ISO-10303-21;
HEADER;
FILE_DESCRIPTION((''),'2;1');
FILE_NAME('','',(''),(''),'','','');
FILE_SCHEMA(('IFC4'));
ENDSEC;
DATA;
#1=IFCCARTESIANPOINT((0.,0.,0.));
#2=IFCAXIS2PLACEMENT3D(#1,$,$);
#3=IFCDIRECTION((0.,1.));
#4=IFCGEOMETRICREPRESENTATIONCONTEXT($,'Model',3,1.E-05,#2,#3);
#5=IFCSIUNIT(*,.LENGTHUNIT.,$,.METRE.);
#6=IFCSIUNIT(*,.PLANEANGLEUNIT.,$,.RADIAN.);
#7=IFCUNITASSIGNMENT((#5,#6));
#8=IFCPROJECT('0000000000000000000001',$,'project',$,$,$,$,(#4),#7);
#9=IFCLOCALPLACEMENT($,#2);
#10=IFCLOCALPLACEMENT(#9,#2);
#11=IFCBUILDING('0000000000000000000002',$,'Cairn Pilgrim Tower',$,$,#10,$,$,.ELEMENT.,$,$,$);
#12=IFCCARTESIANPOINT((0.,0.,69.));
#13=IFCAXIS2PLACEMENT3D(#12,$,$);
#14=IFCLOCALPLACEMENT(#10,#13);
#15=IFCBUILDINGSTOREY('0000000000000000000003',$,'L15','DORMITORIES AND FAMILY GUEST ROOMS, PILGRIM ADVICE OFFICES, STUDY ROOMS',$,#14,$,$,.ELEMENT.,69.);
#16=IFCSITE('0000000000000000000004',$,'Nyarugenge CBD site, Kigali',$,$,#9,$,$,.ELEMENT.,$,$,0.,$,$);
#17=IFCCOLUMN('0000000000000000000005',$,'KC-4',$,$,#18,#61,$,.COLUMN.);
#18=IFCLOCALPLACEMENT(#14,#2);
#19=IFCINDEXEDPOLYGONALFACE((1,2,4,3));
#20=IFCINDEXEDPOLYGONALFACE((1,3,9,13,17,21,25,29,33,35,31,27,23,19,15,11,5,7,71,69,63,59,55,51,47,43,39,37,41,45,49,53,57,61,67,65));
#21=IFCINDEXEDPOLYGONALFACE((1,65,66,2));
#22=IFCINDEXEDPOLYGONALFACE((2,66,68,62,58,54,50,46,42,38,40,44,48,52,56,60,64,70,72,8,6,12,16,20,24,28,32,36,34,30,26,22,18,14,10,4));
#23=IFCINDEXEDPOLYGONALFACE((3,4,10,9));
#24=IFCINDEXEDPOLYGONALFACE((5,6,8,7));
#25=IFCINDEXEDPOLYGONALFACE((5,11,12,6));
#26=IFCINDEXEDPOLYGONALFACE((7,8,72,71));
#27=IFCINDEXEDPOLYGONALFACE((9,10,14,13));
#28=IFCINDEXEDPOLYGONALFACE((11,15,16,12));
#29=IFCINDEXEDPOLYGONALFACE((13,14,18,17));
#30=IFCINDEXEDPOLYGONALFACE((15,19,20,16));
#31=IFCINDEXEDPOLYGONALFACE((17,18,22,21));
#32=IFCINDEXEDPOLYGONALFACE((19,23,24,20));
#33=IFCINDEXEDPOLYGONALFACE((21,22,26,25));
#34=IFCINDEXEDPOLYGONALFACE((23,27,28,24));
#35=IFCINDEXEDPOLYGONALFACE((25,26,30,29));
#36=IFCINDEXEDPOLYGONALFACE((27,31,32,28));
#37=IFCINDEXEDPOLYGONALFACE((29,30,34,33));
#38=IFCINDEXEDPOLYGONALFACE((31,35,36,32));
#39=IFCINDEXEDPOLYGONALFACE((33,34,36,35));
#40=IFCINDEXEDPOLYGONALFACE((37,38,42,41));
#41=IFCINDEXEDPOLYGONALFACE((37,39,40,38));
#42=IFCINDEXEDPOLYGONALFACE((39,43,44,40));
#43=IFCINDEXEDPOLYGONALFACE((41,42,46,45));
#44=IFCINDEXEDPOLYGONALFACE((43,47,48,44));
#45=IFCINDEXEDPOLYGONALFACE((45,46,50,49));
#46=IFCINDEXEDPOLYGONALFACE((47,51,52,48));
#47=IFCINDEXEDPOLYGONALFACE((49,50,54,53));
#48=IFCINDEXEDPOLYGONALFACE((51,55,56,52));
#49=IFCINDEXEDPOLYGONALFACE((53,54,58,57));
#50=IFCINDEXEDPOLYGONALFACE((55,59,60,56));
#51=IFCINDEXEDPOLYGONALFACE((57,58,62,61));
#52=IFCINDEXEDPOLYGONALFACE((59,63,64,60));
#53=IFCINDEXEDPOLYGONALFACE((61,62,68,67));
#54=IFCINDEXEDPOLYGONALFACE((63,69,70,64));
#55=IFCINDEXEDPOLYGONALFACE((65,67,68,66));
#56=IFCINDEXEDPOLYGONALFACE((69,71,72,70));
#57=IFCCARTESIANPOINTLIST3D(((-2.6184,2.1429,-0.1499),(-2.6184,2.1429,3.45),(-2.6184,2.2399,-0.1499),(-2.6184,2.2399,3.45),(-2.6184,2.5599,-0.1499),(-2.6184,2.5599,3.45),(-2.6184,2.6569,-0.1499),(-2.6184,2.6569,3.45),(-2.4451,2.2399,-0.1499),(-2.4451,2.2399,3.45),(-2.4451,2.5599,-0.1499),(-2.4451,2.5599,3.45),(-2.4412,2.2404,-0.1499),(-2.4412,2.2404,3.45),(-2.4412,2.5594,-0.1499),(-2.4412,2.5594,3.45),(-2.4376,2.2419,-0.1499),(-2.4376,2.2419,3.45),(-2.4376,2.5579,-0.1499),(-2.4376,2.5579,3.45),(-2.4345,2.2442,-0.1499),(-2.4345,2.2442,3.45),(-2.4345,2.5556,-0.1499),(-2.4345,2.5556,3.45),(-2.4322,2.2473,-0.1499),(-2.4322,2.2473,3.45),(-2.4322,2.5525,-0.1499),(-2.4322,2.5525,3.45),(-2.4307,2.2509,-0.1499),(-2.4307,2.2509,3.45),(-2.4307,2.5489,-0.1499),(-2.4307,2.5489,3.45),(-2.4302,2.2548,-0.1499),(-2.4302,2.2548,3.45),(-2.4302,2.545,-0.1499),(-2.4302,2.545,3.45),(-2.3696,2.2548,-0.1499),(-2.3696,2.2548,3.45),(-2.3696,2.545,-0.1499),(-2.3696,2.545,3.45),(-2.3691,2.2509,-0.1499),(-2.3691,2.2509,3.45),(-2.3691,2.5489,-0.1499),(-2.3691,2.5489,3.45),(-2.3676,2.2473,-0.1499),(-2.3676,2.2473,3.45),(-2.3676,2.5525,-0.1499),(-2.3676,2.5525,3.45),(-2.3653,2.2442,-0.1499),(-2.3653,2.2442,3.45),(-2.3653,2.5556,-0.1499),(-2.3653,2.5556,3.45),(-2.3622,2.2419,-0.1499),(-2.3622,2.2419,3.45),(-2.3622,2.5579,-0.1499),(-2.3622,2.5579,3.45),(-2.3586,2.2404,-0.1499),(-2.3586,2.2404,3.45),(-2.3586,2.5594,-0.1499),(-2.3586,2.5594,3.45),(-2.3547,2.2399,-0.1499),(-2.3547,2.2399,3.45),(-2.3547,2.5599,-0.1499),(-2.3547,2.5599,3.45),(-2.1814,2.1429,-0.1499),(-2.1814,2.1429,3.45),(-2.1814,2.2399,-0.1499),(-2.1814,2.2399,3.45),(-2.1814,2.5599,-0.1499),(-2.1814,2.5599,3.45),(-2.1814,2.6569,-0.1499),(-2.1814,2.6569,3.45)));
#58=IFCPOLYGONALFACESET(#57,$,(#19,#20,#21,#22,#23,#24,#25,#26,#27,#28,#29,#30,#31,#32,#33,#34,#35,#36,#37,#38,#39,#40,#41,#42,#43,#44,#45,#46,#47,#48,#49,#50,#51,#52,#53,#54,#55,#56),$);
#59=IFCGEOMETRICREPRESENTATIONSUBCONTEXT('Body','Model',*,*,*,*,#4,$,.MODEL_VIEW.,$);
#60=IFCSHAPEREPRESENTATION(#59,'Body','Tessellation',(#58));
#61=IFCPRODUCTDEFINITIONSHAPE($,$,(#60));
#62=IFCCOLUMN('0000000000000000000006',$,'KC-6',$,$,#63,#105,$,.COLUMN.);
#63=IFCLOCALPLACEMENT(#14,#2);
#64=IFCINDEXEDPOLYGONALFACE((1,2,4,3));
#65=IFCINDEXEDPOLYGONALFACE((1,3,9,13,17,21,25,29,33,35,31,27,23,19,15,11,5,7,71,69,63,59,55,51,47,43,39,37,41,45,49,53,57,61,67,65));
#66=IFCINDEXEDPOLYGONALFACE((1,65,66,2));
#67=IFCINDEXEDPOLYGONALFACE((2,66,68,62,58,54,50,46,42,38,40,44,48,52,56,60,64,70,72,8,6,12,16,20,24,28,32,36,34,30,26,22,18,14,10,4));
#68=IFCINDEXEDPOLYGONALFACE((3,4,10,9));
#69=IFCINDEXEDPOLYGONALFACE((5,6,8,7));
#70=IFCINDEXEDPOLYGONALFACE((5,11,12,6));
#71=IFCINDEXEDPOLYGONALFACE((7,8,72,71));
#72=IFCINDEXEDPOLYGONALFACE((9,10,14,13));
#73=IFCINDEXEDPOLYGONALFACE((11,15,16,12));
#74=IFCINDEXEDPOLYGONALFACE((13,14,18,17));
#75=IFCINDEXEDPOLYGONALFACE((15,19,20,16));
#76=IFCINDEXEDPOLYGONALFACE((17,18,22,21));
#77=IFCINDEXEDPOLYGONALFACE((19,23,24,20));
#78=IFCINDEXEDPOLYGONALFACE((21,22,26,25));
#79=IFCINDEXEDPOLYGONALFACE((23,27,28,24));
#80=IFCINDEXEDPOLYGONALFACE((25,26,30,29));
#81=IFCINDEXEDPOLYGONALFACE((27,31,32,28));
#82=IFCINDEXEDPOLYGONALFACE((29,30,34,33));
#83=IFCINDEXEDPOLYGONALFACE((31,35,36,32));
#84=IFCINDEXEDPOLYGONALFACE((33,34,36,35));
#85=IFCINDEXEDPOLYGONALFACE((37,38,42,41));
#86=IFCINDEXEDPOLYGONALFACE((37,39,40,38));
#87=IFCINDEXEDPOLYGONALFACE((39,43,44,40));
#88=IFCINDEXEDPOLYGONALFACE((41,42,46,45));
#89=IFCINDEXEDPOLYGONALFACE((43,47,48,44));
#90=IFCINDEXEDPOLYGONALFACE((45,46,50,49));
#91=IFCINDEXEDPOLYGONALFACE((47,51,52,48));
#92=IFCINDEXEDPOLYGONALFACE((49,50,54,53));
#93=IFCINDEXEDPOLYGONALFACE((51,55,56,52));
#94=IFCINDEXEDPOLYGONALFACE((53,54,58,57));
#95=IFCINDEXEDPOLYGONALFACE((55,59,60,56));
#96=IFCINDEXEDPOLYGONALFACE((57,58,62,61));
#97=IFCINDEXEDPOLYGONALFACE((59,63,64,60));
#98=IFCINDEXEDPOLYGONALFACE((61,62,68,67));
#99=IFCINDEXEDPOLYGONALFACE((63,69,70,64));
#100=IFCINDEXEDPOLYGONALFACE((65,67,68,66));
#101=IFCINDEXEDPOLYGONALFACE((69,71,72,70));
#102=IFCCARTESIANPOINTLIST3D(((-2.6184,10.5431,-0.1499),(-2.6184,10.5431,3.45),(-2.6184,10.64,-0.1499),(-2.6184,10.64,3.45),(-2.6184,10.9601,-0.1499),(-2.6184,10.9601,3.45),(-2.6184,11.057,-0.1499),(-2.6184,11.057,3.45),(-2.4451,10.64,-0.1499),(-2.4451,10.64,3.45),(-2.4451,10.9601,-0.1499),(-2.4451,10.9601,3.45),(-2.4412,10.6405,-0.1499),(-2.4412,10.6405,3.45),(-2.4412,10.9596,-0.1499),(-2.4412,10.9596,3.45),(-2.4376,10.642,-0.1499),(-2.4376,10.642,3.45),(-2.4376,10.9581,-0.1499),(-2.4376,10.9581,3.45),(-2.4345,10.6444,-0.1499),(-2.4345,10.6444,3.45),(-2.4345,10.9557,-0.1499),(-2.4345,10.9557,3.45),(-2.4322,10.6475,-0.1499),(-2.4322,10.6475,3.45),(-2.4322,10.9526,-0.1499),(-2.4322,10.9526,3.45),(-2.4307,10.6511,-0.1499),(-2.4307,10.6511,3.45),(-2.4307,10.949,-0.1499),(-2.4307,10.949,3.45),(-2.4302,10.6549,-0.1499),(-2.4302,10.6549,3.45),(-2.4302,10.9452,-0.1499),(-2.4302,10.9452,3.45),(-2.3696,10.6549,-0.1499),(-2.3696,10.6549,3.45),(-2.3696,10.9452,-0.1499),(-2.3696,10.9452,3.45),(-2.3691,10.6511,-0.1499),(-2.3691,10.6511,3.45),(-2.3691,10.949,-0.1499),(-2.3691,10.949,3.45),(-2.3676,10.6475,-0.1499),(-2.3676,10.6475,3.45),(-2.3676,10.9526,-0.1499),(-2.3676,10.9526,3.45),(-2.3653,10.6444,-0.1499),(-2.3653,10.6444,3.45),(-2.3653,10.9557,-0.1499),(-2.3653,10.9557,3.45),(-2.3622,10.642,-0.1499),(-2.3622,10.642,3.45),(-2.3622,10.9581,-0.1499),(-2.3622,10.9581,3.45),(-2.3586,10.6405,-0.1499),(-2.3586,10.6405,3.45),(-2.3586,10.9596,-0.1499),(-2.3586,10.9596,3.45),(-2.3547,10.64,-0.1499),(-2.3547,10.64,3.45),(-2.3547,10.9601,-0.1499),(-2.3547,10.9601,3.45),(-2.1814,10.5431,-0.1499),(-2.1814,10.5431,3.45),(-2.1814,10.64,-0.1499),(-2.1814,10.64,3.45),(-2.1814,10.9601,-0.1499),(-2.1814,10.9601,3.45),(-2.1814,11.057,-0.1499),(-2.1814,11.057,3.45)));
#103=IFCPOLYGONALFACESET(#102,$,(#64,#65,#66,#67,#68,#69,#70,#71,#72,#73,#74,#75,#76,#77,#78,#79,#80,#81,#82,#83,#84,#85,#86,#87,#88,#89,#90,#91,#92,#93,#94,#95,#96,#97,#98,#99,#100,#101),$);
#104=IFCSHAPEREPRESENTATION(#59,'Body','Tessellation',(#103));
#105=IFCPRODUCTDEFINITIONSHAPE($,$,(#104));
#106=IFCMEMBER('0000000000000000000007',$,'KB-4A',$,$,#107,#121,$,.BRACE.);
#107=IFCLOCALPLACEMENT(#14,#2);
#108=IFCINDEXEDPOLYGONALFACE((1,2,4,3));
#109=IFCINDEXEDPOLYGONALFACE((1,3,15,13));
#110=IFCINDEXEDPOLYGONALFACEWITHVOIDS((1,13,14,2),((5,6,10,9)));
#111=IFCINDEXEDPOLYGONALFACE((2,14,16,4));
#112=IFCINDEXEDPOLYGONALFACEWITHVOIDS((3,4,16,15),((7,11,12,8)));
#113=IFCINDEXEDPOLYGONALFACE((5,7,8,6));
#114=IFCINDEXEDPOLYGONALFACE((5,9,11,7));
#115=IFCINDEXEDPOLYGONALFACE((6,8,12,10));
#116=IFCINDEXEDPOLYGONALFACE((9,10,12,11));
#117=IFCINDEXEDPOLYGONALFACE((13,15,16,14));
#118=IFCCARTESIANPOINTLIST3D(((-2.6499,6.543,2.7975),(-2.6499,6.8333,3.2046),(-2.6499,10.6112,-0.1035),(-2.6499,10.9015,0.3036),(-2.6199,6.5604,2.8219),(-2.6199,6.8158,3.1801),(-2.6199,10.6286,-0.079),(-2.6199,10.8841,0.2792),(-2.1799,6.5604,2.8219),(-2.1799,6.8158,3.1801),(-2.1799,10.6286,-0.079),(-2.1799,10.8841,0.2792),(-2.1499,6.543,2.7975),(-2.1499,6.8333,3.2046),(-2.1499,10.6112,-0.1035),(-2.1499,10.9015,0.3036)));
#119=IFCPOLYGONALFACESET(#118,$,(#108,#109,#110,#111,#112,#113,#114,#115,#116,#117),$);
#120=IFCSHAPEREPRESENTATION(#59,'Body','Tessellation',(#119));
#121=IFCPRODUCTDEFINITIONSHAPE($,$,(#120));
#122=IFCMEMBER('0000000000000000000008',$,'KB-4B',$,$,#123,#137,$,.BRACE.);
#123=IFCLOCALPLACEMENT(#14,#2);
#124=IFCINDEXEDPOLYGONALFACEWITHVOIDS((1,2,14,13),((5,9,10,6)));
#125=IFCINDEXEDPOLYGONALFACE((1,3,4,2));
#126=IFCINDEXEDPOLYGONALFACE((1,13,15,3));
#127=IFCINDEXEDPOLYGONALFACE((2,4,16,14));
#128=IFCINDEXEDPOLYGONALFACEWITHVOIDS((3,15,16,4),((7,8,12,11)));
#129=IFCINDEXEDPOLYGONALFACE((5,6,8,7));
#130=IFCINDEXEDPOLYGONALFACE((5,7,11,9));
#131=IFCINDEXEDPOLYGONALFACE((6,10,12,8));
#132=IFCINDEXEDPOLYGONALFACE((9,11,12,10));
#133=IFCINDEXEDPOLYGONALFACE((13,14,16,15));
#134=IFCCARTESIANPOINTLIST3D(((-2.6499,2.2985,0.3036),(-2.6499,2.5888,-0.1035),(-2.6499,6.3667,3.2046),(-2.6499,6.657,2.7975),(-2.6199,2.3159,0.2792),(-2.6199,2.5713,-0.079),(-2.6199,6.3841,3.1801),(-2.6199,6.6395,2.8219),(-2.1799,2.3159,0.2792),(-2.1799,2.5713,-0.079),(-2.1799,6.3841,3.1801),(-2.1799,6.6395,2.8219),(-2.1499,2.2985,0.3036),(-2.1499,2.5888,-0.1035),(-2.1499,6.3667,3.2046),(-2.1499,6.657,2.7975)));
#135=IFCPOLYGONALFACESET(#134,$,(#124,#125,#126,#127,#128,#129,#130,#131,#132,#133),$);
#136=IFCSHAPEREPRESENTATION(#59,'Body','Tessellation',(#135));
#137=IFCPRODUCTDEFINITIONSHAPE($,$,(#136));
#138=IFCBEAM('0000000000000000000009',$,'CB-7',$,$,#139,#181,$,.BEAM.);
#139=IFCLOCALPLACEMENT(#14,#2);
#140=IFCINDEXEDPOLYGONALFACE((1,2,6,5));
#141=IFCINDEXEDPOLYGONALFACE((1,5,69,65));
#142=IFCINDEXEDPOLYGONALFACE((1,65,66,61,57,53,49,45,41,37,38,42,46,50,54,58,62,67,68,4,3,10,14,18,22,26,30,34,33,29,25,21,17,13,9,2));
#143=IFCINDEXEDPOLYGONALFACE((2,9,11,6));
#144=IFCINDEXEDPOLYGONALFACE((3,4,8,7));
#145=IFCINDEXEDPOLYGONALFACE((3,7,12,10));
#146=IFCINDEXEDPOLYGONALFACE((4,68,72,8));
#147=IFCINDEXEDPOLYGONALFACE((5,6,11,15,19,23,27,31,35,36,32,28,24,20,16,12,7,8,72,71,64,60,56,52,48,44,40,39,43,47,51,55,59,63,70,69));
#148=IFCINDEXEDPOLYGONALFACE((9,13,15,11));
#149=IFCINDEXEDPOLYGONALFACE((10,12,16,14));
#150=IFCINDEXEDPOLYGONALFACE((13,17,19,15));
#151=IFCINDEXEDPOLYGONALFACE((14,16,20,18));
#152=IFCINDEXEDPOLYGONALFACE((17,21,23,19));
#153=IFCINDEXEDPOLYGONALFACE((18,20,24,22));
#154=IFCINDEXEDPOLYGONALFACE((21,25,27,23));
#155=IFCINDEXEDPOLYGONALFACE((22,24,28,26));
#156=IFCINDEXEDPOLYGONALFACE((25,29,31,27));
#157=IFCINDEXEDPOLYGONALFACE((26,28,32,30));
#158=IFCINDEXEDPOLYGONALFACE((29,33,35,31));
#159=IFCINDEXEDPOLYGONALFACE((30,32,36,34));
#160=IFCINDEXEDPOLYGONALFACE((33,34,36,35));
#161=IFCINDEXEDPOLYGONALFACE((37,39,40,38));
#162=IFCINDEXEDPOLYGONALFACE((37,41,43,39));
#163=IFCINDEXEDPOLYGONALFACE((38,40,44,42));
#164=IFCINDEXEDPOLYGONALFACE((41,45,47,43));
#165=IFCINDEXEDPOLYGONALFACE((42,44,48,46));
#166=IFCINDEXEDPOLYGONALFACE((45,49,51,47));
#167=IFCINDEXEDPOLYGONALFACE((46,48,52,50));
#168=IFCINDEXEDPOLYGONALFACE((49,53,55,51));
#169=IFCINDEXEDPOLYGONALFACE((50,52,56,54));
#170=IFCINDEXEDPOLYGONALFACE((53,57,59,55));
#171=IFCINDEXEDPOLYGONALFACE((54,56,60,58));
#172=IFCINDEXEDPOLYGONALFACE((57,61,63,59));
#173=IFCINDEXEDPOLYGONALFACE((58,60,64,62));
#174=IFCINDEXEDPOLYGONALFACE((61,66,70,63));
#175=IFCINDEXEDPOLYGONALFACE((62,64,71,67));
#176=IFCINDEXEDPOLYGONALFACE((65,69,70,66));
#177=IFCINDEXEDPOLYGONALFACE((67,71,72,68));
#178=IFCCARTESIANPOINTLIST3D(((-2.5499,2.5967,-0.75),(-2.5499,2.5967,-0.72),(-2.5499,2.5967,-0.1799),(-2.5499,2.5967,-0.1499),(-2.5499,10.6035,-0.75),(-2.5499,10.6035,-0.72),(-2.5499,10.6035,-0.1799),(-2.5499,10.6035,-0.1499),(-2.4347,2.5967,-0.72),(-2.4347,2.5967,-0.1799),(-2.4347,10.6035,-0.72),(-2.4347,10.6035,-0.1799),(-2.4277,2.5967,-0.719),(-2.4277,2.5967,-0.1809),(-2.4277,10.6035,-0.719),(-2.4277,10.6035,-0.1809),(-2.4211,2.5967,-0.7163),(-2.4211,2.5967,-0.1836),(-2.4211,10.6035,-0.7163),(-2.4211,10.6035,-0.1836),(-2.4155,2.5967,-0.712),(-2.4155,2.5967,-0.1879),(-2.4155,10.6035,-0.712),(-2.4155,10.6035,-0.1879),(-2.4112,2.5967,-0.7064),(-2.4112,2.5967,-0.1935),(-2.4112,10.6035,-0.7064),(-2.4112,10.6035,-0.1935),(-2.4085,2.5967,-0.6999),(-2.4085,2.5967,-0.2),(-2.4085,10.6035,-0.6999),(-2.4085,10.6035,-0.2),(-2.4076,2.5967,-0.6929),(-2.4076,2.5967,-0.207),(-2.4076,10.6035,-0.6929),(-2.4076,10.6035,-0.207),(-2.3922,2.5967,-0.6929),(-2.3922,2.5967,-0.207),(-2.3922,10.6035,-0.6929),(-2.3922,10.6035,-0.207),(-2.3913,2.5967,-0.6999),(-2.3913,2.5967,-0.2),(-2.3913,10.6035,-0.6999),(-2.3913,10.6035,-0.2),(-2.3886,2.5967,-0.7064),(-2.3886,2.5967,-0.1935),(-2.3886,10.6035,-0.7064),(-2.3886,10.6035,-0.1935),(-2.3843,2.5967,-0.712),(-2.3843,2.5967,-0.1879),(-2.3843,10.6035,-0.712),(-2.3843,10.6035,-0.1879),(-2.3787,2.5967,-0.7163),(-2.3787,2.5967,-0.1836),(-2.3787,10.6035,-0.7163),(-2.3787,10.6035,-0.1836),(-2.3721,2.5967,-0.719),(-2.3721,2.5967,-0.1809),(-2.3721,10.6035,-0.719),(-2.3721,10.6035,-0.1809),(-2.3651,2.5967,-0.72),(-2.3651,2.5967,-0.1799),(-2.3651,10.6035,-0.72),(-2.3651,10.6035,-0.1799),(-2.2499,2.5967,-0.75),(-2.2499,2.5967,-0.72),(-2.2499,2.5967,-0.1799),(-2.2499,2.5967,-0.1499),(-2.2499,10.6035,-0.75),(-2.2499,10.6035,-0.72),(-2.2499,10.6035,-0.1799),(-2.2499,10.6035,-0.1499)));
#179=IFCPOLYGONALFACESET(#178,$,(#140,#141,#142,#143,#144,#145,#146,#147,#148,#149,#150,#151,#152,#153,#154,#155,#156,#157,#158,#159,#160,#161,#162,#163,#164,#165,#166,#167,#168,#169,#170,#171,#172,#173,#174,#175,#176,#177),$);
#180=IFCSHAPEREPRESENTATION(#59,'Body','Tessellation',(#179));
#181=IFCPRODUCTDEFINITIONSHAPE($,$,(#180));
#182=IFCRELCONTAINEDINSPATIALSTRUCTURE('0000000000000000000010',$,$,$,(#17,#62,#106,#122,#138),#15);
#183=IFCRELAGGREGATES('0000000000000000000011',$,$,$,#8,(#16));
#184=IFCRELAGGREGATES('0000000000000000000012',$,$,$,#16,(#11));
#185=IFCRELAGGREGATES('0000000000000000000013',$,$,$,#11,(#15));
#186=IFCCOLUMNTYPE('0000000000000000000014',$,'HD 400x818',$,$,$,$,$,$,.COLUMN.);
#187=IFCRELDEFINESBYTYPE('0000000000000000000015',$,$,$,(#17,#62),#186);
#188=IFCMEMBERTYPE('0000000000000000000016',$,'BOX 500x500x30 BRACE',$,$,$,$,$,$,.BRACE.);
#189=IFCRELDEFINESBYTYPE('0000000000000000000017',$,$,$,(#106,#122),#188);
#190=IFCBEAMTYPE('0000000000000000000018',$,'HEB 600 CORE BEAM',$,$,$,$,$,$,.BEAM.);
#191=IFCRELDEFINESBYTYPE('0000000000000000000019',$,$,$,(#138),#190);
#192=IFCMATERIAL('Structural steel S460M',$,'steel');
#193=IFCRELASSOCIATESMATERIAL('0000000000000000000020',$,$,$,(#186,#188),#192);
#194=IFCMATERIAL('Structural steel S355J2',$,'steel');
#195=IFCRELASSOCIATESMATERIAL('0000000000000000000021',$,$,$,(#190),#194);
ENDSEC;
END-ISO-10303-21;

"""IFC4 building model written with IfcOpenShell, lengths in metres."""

from ifc_helpers import new_model, si_unit, direction, frame, origin, origin_2d, place, context, subcontext, project, spatial, hollow_rectangle, i_section, extrude, material, material_profile, profile_set, type_object, element, save


model = new_model("IFC4")

# Units and contexts
model_context = context("Model", 3, precision=1e-05, world=origin(), true_north=direction((0.0, 1.0)))
body_context = subcontext(model_context, "Body", "Model", "MODEL_VIEW")
ifc_project = project(units=[si_unit("LENGTHUNIT", "METRE"), si_unit("PLANEANGLEUNIT", "RADIAN")], contexts=[model_context])

# Site, building, storey
site_placement = place(None, origin())
site = spatial("IfcSite", under=ifc_project, at=site_placement, Name="Nyarugenge CBD site, Kigali", CompositionType="ELEMENT", RefElevation=0.0)
building_placement = place(site_placement, origin())
building = spatial("IfcBuilding", under=site, at=building_placement, Name="Cairn Pilgrim Tower", CompositionType="ELEMENT")
storey_placement = place(building_placement, frame((0.0, 0.0, 69.0)))
storey = spatial("IfcBuildingStorey", under=building, at=storey_placement, Name="L15", Description="DORMITORIES AND FAMILY GUEST ROOMS, PILGRIM ADVICE OFFICES, STUDY ROOMS", CompositionType="ELEMENT", Elevation=69.0)

# Columns
ifc_material_1 = material(Name="Structural steel S460M", Category="steel")
ifc_material_profile_1 = material_profile(ifc_material_1, i_section(OverallWidth=0.437, OverallDepth=0.5139, WebThickness=0.0605, FlangeThickness=0.0969, FilletRadius=0.0149, at=origin_2d()), Name="HD 400x818")
ifc_profile_set_1 = profile_set([ifc_material_profile_1], Name="Structural steel S460M")
column_type = type_object("IfcColumnType", Name="HD 400x818", PredefinedType="COLUMN", material=ifc_profile_set_1)
for number, where, z_axis, x_axis, name in (
    (1, (-2.3999, 2.3999, -0.1499), (0.0, 0.0, 1.0), (1.0, 0.0, 0.0), "KC-4"),
    (2, (-2.3999, 10.8, -0.1499), (0.0, 0.0, 1.0), (1.0, 0.0, 0.0), "KC-6"),
):
    element("IfcColumn", number, at=place(storey_placement, frame(where, z_axis=z_axis, x_axis=x_axis)), inside=storey, type_object=column_type, Name=name, PredefinedType="COLUMN", context=body_context, shape_type="SweptSolid", body=[
        extrude(i_section(OverallWidth=0.437, OverallDepth=0.5139, WebThickness=0.0605, FlangeThickness=0.0969, FilletRadius=0.0149, at=origin_2d()), origin(), (0.0, 0.0, 1.0), 3.5999),
    ])

# Members
ifc_material_profile_2 = material_profile(ifc_material_1, hollow_rectangle(XDim=0.5, YDim=0.5, WallThickness=0.03, at=origin_2d()), Name="BOX 500x500x30")
ifc_profile_set_2 = profile_set([ifc_material_profile_2], Name="Structural steel S460M")
member_type = type_object("IfcMemberType", Name="BOX 500x500x30 BRACE", PredefinedType="BRACE", material=ifc_profile_set_2)
for number, where, z_axis, x_axis, name in (
    (3, (-2.3999, 10.7563, 0.1001), (0.0, -0.814199, 0.580586), (1.0, 0.0, 0.0), "KB-4A"),
    (4, (-2.3999, 2.4436, 0.1001), (0.0, 0.814199, 0.580586), (-1.0, 0.0, 0.0), "KB-4B"),
):
    element("IfcMember", number, at=place(storey_placement, frame(where, z_axis=z_axis, x_axis=x_axis)), inside=storey, type_object=member_type, Name=name, PredefinedType="BRACE", context=body_context, shape_type="SweptSolid", body=[
        extrude(hollow_rectangle(XDim=0.5, YDim=0.5, WallThickness=0.03, at=origin_2d()), origin(), (0.0, 0.0, 1.0), 4.9966),
    ])

# Beam
ifc_material_2 = material(Name="Structural steel S355J2", Category="steel")
ifc_material_profile_3 = material_profile(ifc_material_2, i_section(OverallWidth=0.3, OverallDepth=0.6001, WebThickness=0.0154, FlangeThickness=0.03, FilletRadius=0.0271, at=origin_2d()), Name="HEB 600")
ifc_profile_set_3 = profile_set([ifc_material_profile_3], Name="Structural steel S355J2")
beam_type = type_object("IfcBeamType", Name="HEB 600 CORE BEAM", PredefinedType="BEAM", material=ifc_profile_set_3)
for number, where, z_axis, x_axis, name in (
    (5, (-2.3999, 10.6035, -0.45), (0.0, -1.0, 0.0), (1.0, 0.0, 0.0), "CB-7"),
):
    element("IfcBeam", number, at=place(storey_placement, frame(where, z_axis=z_axis, x_axis=x_axis)), inside=storey, type_object=beam_type, Name=name, PredefinedType="BEAM", context=body_context, shape_type="SweptSolid", body=[
        extrude(i_section(OverallWidth=0.3, OverallDepth=0.6001, WebThickness=0.0154, FlangeThickness=0.03, FilletRadius=0.0271, at=origin_2d()), origin(), (0.0, 0.0, 1.0), 8.0068),
    ])

save(model, "model.ifc")
